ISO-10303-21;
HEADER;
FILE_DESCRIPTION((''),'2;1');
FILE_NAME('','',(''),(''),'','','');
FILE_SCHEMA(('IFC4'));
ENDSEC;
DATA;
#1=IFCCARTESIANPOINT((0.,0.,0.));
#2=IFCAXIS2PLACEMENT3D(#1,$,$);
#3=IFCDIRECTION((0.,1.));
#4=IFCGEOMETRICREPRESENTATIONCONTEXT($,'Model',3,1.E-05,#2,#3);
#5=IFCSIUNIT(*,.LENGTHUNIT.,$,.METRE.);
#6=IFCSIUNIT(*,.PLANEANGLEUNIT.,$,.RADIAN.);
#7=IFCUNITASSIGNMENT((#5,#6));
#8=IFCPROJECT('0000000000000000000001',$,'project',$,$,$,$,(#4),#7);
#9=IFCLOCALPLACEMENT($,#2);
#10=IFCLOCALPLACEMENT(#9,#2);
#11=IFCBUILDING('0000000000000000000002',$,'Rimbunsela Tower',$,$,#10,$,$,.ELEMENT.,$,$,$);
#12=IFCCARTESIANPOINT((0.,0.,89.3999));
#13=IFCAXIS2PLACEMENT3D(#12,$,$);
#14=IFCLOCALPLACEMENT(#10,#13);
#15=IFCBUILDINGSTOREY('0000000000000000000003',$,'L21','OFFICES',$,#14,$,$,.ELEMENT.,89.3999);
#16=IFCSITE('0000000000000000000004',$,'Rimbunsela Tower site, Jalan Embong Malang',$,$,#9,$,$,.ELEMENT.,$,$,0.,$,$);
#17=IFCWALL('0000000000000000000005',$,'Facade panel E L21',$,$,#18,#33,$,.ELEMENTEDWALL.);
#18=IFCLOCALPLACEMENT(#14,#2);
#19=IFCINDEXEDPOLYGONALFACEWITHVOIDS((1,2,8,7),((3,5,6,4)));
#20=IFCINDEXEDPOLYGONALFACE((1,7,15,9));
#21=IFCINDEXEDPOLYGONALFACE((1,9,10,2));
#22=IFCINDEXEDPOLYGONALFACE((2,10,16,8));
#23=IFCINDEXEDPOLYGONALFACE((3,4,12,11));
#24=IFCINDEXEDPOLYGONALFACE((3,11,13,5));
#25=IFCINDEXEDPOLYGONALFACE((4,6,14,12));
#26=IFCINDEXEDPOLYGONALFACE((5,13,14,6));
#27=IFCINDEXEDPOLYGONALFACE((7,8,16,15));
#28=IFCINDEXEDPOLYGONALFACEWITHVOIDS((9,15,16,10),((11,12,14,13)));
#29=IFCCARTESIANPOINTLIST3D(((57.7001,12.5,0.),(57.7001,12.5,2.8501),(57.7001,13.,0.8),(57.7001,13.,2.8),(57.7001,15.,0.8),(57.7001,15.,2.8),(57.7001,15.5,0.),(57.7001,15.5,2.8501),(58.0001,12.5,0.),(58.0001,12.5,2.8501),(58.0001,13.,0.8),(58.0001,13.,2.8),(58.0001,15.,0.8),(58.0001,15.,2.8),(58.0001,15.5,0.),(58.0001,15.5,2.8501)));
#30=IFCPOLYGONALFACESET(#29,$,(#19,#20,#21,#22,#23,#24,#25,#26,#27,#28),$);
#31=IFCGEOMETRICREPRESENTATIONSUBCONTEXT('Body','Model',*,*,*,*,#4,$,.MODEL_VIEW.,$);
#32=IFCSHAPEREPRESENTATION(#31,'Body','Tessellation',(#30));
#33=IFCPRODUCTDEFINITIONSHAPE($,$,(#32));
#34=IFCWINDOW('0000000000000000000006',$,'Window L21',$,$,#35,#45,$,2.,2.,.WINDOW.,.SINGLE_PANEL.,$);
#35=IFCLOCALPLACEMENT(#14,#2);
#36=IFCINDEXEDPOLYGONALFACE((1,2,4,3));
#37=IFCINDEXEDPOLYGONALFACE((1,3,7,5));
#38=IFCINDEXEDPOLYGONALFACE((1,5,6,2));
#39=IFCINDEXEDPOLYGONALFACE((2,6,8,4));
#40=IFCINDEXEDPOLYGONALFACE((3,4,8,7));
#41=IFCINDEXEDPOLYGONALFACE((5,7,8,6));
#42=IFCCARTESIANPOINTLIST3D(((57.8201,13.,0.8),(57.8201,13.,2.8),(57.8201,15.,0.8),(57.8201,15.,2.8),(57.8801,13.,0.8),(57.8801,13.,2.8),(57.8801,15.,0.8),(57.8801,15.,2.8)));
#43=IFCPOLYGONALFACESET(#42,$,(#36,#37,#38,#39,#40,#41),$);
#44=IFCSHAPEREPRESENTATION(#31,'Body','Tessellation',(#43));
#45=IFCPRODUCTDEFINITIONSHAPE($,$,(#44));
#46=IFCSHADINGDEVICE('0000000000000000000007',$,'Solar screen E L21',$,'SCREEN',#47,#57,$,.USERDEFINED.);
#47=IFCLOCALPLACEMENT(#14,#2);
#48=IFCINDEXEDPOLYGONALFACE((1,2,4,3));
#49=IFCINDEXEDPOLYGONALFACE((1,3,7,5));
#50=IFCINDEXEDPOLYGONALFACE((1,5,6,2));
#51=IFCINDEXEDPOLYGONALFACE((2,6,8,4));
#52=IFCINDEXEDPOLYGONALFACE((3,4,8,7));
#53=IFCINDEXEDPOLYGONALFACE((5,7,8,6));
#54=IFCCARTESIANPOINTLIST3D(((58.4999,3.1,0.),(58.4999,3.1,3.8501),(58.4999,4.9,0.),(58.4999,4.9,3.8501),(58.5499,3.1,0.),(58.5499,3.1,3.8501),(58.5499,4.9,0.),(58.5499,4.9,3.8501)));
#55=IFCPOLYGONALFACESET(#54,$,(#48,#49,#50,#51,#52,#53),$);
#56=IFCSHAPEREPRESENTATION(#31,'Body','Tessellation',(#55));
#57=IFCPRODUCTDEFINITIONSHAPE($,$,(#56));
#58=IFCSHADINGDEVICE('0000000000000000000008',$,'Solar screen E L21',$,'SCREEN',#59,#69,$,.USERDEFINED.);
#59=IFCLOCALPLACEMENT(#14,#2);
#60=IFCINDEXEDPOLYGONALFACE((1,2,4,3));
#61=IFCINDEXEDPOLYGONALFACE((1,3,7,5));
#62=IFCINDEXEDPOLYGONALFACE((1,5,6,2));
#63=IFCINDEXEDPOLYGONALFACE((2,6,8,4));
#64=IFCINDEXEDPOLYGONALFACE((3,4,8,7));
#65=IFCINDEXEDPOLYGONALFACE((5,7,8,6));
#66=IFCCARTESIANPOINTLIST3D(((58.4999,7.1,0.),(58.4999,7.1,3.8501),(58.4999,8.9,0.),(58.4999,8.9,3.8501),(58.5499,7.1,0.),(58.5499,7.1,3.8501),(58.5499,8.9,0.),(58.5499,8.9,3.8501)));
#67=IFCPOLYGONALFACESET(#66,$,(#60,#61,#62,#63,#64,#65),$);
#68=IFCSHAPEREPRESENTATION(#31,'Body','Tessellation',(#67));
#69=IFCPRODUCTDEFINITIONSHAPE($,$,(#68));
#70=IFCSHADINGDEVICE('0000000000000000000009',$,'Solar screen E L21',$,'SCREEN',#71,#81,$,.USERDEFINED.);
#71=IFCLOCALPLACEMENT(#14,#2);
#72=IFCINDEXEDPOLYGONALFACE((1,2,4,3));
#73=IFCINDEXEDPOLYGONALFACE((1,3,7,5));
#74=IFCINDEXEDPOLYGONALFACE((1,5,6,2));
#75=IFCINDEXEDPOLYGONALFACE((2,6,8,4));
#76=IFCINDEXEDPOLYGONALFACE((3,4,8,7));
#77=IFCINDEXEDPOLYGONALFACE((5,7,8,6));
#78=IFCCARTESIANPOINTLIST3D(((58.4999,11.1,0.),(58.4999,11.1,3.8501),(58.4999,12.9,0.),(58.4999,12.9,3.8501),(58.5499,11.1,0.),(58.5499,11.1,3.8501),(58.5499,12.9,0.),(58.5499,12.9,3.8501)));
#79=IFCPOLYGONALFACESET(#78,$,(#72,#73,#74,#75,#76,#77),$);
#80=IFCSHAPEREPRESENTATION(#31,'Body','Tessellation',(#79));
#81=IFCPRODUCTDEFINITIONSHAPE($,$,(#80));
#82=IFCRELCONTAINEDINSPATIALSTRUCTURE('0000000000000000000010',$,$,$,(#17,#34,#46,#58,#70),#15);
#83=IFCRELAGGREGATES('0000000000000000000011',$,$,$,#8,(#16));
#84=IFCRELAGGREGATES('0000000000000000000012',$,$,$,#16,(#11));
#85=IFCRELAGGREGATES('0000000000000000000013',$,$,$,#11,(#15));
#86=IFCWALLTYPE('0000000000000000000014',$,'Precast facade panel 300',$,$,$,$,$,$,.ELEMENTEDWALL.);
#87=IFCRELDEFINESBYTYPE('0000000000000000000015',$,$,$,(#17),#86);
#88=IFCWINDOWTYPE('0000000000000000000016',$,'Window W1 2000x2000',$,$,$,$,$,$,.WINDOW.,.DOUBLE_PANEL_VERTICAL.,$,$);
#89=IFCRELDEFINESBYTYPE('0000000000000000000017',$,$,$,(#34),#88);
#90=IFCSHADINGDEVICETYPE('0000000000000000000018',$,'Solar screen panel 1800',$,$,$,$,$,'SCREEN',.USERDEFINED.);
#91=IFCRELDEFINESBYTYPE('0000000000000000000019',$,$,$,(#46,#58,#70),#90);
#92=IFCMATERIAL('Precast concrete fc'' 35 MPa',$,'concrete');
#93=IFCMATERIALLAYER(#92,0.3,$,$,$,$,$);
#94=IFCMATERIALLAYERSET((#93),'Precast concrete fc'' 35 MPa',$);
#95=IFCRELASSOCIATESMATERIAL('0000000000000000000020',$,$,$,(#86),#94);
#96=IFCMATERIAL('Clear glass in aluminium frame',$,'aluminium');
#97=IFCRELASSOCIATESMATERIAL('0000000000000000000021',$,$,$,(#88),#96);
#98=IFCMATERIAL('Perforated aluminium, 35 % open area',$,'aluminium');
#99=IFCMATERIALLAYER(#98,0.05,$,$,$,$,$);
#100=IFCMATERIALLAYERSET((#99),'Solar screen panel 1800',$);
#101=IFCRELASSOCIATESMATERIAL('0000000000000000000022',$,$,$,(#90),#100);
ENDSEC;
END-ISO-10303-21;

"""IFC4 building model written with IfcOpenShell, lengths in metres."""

from ifc_helpers import new_model, si_unit, direction, frame, frame_2d, origin, origin_2d, place, context, subcontext, project, spatial, rectangle, extrude, material, layer, layer_set, type_object, element, fill, save


model = new_model("IFC4")

# Units and contexts
model_context = context("Model", 3, precision=1e-05, world=origin(), true_north=direction((0.0, 1.0)))
body_context = subcontext(model_context, "Body", "Model", "MODEL_VIEW")
ifc_project = project(units=[si_unit("LENGTHUNIT", "METRE"), si_unit("PLANEANGLEUNIT", "RADIAN")], contexts=[model_context])

# Site, building, storey
site_placement = place(None, origin())
site = spatial("IfcSite", under=ifc_project, at=site_placement, Name="Rimbunsela Tower site, Jalan Embong Malang", CompositionType="ELEMENT", RefElevation=0.0)
building_placement = place(site_placement, origin())
building = spatial("IfcBuilding", under=site, at=building_placement, Name="Rimbunsela Tower", CompositionType="ELEMENT")
storey_placement = place(building_placement, frame((0.0, 0.0, 89.3999)))
storey = spatial("IfcBuildingStorey", under=building, at=storey_placement, Name="L21", Description="OFFICES", CompositionType="ELEMENT", Elevation=89.3999)

# Wall, opening, window
ifc_material_1 = material(Name="Precast concrete fc' 35 MPa", Category="concrete")
ifc_layer_1 = layer(ifc_material_1, 0.3)
ifc_layer_set_1 = layer_set([ifc_layer_1], Name="Precast concrete fc' 35 MPa")
wall_type = type_object("IfcWallType", Name="Precast facade panel 300", PredefinedType="ELEMENTEDWALL", material=ifc_layer_set_1)
ifc_material_2 = material(Name="Clear glass in aluminium frame", Category="aluminium")
window_type = type_object("IfcWindowType", Name="Window W1 2000x2000", PartitioningType="DOUBLE_PANEL_VERTICAL", PredefinedType="WINDOW", material=ifc_material_2)
wall_1_placement = place(storey_placement, frame((57.8501, 12.5, 0.0), z_axis=(0.0, 0.0, 1.0), x_axis=(0.0, 1.0, 0.0)))
wall_1 = element("IfcWall", 1, at=wall_1_placement, inside=storey, type_object=wall_type, Name="Facade panel E L21", PredefinedType="ELEMENTEDWALL", context=body_context, shape_type="SweptSolid", body=[
    extrude(rectangle(XDim=3.0, YDim=0.3, at=frame_2d((1.5, 0.0))), origin(), (0.0, 0.0, 1.0), 2.8501),
])
opening_1_placement = place(wall_1_placement, frame((0.5, 0.0, 0.8)))
opening_1 = element("IfcOpeningElement", 2, at=opening_1_placement, cuts=wall_1, PredefinedType="OPENING", context=body_context, shape_type="SweptSolid", body=[
    extrude(rectangle(XDim=2.0, YDim=2.0, at=frame_2d((1.0, 1.0))), frame((0.0, 0.1599, 0.0), z_axis=(0.0, -1.0, 0.0), x_axis=(1.0, 0.0, 0.0)), (0.0, 0.0, 1.0), 0.3201),
])
window_1_placement = place(opening_1_placement, origin())
window_1 = element("IfcWindow", 3, at=window_1_placement, inside=storey, type_object=window_type, Name="Window L21", OverallHeight=2.0, OverallWidth=2.0, PartitioningType="SINGLE_PANEL", PredefinedType="WINDOW", context=body_context, shape_type="SweptSolid", body=[
    extrude(rectangle(XDim=2.0, YDim=2.0, at=frame_2d((1.0, 1.0))), frame((0.0, 0.03, 0.0), z_axis=(0.0, -1.0, 0.0), x_axis=(1.0, 0.0, 0.0)), (0.0, 0.0, 1.0), 0.0601),
])
fill(opening_1, window_1)

# Shading devices
ifc_material_3 = material(Name="Perforated aluminium, 35 % open area", Category="aluminium")
ifc_layer_2 = layer(ifc_material_3, 0.05)
ifc_layer_set_2 = layer_set([ifc_layer_2], Name="Solar screen panel 1800")
shading_device_type = type_object("IfcShadingDeviceType", Name="Solar screen panel 1800", ElementType="SCREEN", PredefinedType="USERDEFINED", material=ifc_layer_set_2)
for number, where, z_axis, x_axis, name in (
    (4, (58.5249, 4.0, 0.0), (0.0, 0.0, 1.0), (0.0, 1.0, 0.0), "Solar screen E L21"),
    (5, (58.5249, 8.0, 0.0), (0.0, 0.0, 1.0), (0.0, 1.0, 0.0), "Solar screen E L21"),
    (6, (58.5249, 12.0, 0.0), (0.0, 0.0, 1.0), (0.0, 1.0, 0.0), "Solar screen E L21"),
):
    element("IfcShadingDevice", number, at=place(storey_placement, frame(where, z_axis=z_axis, x_axis=x_axis)), inside=storey, type_object=shading_device_type, Name=name, ObjectType="SCREEN", PredefinedType="USERDEFINED", context=body_context, shape_type="SweptSolid", body=[
        extrude(rectangle(XDim=1.8, YDim=0.05, at=origin_2d()), origin(), (0.0, 0.0, 1.0), 3.8501),
    ])

save(model, "model.ifc")
